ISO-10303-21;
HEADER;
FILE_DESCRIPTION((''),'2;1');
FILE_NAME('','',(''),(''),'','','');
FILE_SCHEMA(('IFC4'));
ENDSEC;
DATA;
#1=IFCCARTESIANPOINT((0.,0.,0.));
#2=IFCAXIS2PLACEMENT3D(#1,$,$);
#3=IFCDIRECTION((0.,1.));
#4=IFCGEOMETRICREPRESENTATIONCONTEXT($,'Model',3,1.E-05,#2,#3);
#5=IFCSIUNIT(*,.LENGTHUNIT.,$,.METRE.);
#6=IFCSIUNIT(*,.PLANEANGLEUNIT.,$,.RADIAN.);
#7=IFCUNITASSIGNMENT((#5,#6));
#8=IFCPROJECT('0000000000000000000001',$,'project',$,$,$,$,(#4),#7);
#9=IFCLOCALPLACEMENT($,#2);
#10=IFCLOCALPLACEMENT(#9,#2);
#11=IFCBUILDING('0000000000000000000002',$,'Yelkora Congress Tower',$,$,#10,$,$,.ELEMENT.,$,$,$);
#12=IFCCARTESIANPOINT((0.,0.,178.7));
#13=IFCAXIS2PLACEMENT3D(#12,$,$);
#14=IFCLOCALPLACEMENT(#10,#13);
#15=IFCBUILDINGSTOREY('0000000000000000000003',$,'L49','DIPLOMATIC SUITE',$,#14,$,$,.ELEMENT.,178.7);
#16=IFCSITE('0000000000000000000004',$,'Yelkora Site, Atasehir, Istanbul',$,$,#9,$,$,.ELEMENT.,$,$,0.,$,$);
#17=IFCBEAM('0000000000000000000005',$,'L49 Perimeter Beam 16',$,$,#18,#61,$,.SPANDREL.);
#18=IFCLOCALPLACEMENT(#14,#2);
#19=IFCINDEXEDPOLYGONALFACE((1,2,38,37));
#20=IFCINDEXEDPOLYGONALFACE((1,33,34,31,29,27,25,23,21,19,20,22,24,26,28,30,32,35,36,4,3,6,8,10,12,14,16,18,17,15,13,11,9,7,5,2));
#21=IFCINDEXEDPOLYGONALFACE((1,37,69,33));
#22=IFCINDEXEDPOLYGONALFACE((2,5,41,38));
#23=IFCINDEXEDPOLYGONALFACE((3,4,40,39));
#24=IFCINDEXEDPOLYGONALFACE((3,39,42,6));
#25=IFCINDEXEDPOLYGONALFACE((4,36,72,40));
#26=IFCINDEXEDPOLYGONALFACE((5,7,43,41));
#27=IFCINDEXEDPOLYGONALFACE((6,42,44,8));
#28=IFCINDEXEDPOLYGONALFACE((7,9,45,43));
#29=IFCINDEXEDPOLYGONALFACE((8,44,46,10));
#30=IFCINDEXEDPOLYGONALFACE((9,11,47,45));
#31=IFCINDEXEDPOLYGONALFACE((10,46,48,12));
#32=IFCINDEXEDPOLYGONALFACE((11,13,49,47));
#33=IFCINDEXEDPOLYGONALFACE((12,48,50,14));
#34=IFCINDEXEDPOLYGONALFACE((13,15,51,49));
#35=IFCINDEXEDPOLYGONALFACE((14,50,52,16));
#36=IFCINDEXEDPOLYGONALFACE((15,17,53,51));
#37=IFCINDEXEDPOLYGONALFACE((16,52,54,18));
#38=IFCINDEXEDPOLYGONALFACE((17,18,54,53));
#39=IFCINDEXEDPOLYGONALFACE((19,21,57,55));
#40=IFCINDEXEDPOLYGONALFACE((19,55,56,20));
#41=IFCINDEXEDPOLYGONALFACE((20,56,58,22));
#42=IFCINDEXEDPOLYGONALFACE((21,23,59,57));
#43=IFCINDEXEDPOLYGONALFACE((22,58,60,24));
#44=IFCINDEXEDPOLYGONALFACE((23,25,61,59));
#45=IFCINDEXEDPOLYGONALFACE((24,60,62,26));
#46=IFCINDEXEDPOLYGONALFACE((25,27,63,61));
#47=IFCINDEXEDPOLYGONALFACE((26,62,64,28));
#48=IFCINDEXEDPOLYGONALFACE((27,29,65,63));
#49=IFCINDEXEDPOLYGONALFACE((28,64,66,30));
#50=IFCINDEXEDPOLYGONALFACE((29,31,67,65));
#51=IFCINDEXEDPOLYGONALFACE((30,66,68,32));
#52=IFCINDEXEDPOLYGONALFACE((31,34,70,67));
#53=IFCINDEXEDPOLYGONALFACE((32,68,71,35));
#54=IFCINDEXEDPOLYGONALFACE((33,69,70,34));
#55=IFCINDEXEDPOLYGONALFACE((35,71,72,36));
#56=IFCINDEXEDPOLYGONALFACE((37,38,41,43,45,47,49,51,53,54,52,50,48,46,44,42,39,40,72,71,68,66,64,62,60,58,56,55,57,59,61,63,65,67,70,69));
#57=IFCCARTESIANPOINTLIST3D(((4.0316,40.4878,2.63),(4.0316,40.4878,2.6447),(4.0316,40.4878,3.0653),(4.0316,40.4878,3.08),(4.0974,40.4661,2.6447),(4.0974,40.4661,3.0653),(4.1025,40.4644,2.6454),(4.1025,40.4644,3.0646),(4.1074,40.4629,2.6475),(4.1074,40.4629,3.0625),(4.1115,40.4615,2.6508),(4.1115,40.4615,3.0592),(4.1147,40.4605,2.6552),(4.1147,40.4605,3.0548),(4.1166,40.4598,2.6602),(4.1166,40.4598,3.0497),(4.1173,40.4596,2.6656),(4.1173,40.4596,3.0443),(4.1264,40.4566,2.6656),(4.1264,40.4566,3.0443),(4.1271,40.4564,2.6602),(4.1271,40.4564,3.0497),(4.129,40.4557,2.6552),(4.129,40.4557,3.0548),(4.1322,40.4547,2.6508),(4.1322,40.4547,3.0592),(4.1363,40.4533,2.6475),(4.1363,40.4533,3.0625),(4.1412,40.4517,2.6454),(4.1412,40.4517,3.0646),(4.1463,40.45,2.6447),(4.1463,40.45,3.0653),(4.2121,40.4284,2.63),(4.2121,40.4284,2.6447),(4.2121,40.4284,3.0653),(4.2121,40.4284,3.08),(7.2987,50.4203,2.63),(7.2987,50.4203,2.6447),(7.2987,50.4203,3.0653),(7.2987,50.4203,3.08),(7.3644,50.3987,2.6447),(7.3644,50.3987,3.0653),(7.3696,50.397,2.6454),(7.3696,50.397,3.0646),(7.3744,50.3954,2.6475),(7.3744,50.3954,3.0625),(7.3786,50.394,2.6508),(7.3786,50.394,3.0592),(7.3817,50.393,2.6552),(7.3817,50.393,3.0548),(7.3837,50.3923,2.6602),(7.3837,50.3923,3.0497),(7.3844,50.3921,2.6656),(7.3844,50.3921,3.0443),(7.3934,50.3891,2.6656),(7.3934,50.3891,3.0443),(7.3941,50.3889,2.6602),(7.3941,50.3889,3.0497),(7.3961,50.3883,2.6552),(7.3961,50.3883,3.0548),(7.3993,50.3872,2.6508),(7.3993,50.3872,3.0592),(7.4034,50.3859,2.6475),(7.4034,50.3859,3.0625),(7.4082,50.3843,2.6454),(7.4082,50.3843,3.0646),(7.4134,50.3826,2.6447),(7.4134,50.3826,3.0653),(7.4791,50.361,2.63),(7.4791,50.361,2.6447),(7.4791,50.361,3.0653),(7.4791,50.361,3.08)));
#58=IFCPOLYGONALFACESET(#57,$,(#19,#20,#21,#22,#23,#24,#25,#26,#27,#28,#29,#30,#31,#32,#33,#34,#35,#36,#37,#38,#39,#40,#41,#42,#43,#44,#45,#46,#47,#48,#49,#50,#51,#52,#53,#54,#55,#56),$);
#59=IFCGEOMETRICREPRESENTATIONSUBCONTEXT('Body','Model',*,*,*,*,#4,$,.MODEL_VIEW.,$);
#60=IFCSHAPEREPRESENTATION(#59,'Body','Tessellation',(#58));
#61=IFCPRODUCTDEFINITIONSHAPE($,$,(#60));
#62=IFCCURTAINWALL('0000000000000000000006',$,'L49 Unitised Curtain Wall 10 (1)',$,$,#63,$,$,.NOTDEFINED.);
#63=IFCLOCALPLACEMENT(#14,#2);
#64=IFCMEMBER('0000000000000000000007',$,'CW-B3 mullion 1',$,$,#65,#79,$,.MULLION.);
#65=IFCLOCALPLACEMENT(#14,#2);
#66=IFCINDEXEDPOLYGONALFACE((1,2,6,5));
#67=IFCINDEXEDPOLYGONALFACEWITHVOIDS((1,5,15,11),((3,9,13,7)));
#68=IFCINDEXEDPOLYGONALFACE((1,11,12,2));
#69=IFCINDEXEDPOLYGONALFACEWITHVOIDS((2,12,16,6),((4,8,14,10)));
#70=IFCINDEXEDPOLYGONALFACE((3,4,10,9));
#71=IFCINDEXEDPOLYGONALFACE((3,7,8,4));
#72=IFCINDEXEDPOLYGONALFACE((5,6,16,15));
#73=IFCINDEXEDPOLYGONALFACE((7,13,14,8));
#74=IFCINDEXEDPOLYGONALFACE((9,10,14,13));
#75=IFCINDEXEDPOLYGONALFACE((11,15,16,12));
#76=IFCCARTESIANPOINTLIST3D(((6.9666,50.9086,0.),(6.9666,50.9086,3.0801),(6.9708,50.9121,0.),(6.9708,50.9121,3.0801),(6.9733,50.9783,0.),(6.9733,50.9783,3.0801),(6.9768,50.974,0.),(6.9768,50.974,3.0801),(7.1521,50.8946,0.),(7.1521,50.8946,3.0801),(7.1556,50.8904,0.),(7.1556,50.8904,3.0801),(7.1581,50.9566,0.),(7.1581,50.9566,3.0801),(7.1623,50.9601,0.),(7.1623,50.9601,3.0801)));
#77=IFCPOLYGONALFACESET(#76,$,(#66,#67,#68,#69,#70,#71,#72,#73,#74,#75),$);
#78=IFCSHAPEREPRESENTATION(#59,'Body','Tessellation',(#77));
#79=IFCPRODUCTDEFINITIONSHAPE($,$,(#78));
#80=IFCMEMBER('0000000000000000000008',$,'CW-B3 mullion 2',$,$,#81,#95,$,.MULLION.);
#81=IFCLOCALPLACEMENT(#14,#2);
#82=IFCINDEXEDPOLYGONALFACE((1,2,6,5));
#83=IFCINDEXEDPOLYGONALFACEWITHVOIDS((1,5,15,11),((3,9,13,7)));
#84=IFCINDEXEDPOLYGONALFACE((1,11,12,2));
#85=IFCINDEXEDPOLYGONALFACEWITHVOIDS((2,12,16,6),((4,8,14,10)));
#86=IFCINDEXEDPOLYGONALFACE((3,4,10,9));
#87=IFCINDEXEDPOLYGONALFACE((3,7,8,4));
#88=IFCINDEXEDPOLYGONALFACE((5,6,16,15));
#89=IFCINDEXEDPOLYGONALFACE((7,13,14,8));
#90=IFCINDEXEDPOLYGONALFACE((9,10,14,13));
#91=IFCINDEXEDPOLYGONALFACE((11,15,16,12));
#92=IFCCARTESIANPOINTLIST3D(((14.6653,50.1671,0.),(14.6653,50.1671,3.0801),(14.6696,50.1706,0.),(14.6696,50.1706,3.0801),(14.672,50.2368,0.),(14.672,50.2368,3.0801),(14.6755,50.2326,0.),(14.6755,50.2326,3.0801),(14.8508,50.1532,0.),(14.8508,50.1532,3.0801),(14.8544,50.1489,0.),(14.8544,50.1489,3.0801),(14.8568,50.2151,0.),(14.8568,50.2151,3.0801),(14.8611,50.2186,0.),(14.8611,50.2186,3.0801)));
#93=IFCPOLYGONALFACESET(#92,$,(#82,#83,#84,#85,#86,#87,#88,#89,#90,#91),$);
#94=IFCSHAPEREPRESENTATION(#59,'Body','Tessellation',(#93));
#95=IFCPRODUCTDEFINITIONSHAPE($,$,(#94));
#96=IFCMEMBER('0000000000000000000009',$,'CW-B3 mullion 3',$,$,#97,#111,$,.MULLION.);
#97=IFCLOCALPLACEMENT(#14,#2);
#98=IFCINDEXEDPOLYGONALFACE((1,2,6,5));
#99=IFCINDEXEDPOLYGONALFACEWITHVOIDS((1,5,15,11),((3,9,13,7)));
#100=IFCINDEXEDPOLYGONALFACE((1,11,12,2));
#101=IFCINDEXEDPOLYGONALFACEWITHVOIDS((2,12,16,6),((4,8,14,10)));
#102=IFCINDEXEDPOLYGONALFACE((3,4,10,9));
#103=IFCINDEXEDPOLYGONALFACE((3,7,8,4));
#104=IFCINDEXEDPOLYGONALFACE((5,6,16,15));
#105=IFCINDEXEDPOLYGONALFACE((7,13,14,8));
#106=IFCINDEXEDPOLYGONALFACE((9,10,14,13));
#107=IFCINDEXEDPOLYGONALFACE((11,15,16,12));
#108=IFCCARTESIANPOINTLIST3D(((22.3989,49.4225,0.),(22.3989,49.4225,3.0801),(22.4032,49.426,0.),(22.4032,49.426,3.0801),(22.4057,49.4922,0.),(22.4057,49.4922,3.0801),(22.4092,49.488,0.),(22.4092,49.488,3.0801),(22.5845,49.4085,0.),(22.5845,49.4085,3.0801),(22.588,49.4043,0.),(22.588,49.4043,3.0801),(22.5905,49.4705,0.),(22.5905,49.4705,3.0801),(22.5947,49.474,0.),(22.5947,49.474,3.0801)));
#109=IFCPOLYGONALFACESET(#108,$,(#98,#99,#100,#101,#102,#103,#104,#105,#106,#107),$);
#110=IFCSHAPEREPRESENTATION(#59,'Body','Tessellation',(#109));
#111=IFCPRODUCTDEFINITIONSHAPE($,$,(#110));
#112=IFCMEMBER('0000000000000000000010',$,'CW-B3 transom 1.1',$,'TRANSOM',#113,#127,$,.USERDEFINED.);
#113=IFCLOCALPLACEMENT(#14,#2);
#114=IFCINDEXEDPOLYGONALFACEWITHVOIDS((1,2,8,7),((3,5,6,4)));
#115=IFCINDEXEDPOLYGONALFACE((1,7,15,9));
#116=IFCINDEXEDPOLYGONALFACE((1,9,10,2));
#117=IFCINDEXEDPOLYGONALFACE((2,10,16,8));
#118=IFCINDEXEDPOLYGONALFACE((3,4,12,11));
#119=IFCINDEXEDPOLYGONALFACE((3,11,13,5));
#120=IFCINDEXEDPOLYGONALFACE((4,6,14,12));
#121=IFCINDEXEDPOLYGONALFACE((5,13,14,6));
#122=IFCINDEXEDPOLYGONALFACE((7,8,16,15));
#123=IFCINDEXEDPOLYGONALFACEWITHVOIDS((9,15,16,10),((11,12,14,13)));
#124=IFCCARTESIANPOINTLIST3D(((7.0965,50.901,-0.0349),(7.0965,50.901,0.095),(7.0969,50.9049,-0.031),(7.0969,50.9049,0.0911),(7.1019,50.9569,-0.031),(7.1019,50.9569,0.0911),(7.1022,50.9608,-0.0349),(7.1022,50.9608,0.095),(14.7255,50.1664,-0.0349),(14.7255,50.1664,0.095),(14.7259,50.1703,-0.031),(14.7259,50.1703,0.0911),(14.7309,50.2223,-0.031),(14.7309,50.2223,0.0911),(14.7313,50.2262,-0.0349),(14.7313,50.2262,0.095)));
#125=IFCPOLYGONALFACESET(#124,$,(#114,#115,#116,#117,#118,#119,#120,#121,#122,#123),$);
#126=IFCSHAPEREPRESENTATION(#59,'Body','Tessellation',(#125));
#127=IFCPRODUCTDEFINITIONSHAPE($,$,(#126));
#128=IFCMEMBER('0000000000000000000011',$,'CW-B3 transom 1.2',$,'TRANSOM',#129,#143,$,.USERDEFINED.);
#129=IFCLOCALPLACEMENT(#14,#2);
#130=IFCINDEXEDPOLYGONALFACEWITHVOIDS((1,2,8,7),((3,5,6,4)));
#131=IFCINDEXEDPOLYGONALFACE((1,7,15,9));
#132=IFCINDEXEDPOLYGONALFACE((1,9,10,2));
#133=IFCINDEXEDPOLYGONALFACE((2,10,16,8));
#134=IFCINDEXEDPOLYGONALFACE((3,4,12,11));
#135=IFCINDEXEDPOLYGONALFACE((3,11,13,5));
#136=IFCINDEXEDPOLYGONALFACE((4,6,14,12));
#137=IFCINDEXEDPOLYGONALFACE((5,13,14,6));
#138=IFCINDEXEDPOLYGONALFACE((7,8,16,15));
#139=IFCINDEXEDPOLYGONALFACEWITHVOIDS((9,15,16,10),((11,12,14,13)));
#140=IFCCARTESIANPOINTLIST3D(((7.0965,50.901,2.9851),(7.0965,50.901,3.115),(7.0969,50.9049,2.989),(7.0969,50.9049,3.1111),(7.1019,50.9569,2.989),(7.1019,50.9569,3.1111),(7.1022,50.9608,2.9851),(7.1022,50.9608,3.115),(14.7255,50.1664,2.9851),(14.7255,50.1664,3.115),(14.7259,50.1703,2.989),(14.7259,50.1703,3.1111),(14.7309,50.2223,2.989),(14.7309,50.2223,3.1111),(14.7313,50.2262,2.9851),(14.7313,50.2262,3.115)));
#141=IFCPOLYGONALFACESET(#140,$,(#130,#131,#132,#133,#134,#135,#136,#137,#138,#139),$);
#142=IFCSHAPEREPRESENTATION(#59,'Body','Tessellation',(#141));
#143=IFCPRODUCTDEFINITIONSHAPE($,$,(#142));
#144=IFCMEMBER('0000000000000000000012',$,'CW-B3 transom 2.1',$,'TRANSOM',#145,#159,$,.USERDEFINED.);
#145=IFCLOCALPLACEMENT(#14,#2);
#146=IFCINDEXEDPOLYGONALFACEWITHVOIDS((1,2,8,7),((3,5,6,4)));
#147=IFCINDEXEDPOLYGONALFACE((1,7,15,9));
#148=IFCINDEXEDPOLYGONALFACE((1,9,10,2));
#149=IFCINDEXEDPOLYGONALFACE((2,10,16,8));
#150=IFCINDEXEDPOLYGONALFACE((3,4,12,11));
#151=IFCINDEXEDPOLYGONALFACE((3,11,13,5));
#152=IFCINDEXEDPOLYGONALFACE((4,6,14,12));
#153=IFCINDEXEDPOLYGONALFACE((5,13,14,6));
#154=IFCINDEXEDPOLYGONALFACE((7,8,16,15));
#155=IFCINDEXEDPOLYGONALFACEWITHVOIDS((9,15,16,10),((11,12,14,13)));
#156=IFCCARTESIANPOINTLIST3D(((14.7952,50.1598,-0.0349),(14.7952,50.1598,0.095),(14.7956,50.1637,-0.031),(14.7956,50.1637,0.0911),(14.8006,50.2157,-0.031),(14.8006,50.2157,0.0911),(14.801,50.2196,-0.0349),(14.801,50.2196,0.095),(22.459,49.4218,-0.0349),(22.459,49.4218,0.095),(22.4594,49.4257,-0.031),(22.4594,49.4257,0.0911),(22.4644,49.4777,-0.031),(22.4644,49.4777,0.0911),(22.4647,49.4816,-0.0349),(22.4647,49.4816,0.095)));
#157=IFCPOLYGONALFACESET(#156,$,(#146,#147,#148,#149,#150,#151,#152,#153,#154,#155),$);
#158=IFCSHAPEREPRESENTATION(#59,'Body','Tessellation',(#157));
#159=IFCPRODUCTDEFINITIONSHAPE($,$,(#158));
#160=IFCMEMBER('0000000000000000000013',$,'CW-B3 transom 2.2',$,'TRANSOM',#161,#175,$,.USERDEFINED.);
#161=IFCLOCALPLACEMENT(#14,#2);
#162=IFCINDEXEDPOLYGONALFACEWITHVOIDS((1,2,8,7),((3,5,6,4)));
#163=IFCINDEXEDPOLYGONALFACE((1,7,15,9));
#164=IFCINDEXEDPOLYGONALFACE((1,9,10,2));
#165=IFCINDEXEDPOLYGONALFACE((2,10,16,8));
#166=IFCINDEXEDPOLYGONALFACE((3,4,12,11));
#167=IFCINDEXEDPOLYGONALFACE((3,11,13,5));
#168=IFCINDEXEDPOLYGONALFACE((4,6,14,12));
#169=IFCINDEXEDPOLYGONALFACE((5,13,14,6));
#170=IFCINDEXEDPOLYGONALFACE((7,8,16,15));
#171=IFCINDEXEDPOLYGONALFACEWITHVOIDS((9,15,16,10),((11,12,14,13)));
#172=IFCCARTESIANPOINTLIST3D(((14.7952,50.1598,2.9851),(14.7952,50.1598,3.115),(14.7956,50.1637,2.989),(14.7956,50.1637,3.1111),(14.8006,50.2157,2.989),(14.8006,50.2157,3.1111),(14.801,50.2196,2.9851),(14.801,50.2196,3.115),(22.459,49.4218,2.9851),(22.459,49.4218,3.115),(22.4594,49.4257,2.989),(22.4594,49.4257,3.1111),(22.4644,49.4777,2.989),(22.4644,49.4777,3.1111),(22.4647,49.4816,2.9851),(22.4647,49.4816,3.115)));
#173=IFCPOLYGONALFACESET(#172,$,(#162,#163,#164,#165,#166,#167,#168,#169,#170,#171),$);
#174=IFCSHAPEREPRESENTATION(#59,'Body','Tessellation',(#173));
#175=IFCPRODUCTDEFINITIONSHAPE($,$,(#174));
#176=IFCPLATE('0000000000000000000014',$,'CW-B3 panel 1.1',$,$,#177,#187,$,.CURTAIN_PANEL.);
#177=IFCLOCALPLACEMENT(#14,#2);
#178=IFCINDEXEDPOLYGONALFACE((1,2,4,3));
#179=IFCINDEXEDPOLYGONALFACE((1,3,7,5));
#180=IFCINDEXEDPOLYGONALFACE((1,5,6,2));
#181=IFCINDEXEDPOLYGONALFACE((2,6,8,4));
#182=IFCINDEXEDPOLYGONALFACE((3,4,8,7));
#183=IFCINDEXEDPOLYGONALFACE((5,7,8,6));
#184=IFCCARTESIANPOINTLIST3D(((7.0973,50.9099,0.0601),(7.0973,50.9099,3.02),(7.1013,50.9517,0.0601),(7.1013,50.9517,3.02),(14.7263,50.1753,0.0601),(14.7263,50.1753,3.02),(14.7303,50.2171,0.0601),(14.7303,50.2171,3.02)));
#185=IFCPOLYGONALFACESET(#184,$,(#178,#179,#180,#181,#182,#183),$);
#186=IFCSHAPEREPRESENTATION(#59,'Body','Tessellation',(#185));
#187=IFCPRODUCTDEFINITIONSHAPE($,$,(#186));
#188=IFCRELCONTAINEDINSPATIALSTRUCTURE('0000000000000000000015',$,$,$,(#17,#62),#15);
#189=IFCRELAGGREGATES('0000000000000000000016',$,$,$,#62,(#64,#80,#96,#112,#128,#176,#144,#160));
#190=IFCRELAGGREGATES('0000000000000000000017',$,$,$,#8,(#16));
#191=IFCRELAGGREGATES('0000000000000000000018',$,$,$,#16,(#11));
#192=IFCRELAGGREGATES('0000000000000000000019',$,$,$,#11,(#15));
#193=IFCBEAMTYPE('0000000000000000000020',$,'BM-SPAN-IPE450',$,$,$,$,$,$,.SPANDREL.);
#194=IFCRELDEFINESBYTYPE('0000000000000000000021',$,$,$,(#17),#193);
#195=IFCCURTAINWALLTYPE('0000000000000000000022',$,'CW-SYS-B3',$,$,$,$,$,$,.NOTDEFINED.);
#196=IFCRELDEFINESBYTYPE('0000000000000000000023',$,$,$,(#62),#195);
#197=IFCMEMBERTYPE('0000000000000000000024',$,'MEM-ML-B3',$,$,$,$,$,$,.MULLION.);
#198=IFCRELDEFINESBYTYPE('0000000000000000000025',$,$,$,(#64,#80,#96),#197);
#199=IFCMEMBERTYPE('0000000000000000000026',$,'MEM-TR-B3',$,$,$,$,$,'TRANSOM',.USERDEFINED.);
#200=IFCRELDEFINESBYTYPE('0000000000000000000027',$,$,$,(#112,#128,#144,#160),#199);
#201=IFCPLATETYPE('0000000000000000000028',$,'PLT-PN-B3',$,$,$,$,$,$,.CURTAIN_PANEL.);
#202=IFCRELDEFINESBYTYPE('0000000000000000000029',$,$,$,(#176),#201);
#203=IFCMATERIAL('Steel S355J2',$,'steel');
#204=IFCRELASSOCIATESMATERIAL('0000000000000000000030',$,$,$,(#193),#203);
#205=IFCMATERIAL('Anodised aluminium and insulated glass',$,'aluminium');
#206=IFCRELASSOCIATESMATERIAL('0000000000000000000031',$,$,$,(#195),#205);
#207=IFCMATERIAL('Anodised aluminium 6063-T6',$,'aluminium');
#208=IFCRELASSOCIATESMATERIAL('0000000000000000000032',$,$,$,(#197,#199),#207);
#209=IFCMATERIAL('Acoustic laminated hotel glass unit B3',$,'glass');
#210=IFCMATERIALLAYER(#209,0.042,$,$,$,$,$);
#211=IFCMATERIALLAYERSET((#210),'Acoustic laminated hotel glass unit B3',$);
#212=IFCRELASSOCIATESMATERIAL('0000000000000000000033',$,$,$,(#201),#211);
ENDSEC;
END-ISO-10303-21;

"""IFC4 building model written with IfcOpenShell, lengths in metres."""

from ifc_helpers import new_model, si_unit, direction, frame, origin, origin_2d, place, context, subcontext, project, spatial, rectangle, hollow_rectangle, i_section, extrude, material, layer, layer_set, material_profile, profile_set, type_object, element, aggregate, save


model = new_model("IFC4")

# Units and contexts
model_context = context("Model", 3, precision=1e-05, world=origin(), true_north=direction((0.0, 1.0)))
body_context = subcontext(model_context, "Body", "Model", "MODEL_VIEW")
ifc_project = project(units=[si_unit("LENGTHUNIT", "METRE"), si_unit("PLANEANGLEUNIT", "RADIAN")], contexts=[model_context])

# Site, building, storey
site_placement = place(None, origin())
site = spatial("IfcSite", under=ifc_project, at=site_placement, Name="Yelkora Site, Atasehir, Istanbul", CompositionType="ELEMENT", RefElevation=0.0)
building_placement = place(site_placement, origin())
building = spatial("IfcBuilding", under=site, at=building_placement, Name="Yelkora Congress Tower", CompositionType="ELEMENT")
storey_placement = place(building_placement, frame((0.0, 0.0, 178.7)))
storey = spatial("IfcBuildingStorey", under=building, at=storey_placement, Name="L49", Description="DIPLOMATIC SUITE", CompositionType="ELEMENT", Elevation=178.7)

# Beam
ifc_material_1 = material(Name="Steel S355J2", Category="steel")
ifc_material_profile_1 = material_profile(ifc_material_1, i_section(OverallWidth=0.1899, OverallDepth=0.45, WebThickness=0.0095, FlangeThickness=0.0146, FilletRadius=0.021, at=origin_2d()), Name="IPE 450")
ifc_profile_set_1 = profile_set([ifc_material_profile_1], Name="Steel S355J2")
beam_type_1 = type_object("IfcBeamType", Name="BM-SPAN-IPE450", PredefinedType="SPANDREL", material=ifc_profile_set_1)
beam_1_placement = place(storey_placement, frame((7.3889, 50.3906, 2.855), z_axis=(-0.312457, -0.949932, 0.0), x_axis=(0.949932, -0.312457, 0.0)))
element("IfcBeam", 1, at=beam_1_placement, inside=storey, type_object=beam_type_1, Name="L49 Perimeter Beam 16", PredefinedType="SPANDREL", context=body_context, shape_type="SweptSolid", body=[
    extrude(i_section(OverallWidth=0.1899, OverallDepth=0.45, WebThickness=0.0095, FlangeThickness=0.0146, FilletRadius=0.021, at=origin_2d()), origin(), (0.0, 0.0, 1.0), 10.4561),
])

# Curtain wall, members, plate
ifc_material_2 = material(Name="Anodised aluminium and insulated glass", Category="aluminium")
curtain_wall_type = type_object("IfcCurtainWallType", Name="CW-SYS-B3", PredefinedType="NOTDEFINED", material=ifc_material_2)
curtain_wall_placement = place(storey_placement, origin())
curtain_wall = element("IfcCurtainWall", 2, at=curtain_wall_placement, inside=storey, type_object=curtain_wall_type, Name="L49 Unitised Curtain Wall 10 (1)", PredefinedType="NOTDEFINED")
ifc_material_3 = material(Name="Anodised aluminium 6063-T6", Category="aluminium")
ifc_material_profile_2 = material_profile(ifc_material_3, hollow_rectangle(XDim=0.0701, YDim=0.1899, WallThickness=0.0039, at=origin_2d()), Name="ALU 70x190x4")
ifc_profile_set_2 = profile_set([ifc_material_profile_2], Name="Anodised aluminium 6063-T6")
member_type_1 = type_object("IfcMemberType", Name="MEM-ML-B3", PredefinedType="MULLION", material=ifc_profile_set_2)
member_1_placement = place(storey_placement, frame((7.0645, 50.9343, 0.0), z_axis=(0.0, 0.0, 1.0), x_axis=(0.095845, 0.995396, 0.0)))
member_1 = element("IfcMember", 3, at=member_1_placement, type_object=member_type_1, Name="CW-B3 mullion 1", PredefinedType="MULLION", context=body_context, shape_type="SweptSolid", body=[
    extrude(hollow_rectangle(XDim=0.0701, YDim=0.1899, WallThickness=0.0039, at=origin_2d()), origin(), (0.0, 0.0, 1.0), 3.0801),
])
member_2_placement = place(storey_placement, frame((14.7632, 50.1929, 0.0), z_axis=(0.0, 0.0, 1.0), x_axis=(0.095845, 0.995396, 0.0)))
member_2 = element("IfcMember", 4, at=member_2_placement, type_object=member_type_1, Name="CW-B3 mullion 2", PredefinedType="MULLION", context=body_context, shape_type="SweptSolid", body=[
    extrude(hollow_rectangle(XDim=0.0701, YDim=0.1899, WallThickness=0.0039, at=origin_2d()), origin(), (0.0, 0.0, 1.0), 3.0801),
])
member_3_placement = place(storey_placement, frame((22.4968, 49.4482, 0.0), z_axis=(0.0, 0.0, 1.0), x_axis=(0.095845, 0.995396, 0.0)))
member_3 = element("IfcMember", 5, at=member_3_placement, type_object=member_type_1, Name="CW-B3 mullion 3", PredefinedType="MULLION", context=body_context, shape_type="SweptSolid", body=[
    extrude(hollow_rectangle(XDim=0.0701, YDim=0.1899, WallThickness=0.0039, at=origin_2d()), origin(), (0.0, 0.0, 1.0), 3.0801),
])
ifc_material_profile_3 = material_profile(ifc_material_3, hollow_rectangle(XDim=0.0601, YDim=0.1299, WallThickness=0.0039, at=origin_2d()), Name="ALU 60x130x4")
ifc_profile_set_3 = profile_set([ifc_material_profile_3], Name="Anodised aluminium 6063-T6")
member_type_2 = type_object("IfcMemberType", Name="MEM-TR-B3", ElementType="TRANSOM", PredefinedType="USERDEFINED", material=ifc_profile_set_3)
member_4_placement = place(storey_placement, frame((7.0994, 50.9309, 0.03), z_axis=(0.995396, -0.095851, 0.0), x_axis=(0.095851, 0.995396, 0.0)))
member_4 = element("IfcMember", 6, at=member_4_placement, type_object=member_type_2, Name="CW-B3 transom 1.1", ObjectType="TRANSOM", PredefinedType="USERDEFINED", context=body_context, shape_type="SweptSolid", body=[
    extrude(hollow_rectangle(XDim=0.0601, YDim=0.1299, WallThickness=0.0039, at=origin_2d()), origin(), (0.0, 0.0, 1.0), 7.6643),
])
member_5_placement = place(storey_placement, frame((7.0994, 50.9309, 3.05), z_axis=(0.995396, -0.095851, 0.0), x_axis=(0.095851, 0.995396, 0.0)))
member_5 = element("IfcMember", 7, at=member_5_placement, type_object=member_type_2, Name="CW-B3 transom 1.2", ObjectType="TRANSOM", PredefinedType="USERDEFINED", context=body_context, shape_type="SweptSolid", body=[
    extrude(hollow_rectangle(XDim=0.0601, YDim=0.1299, WallThickness=0.0039, at=origin_2d()), origin(), (0.0, 0.0, 1.0), 7.6643),
])
member_6_placement = place(storey_placement, frame((14.7981, 50.1897, 0.03), z_axis=(0.995395, -0.095858, 0.0), x_axis=(0.095858, 0.995395, 0.0)))
member_6 = element("IfcMember", 8, at=member_6_placement, type_object=member_type_2, Name="CW-B3 transom 2.1", ObjectType="TRANSOM", PredefinedType="USERDEFINED", context=body_context, shape_type="SweptSolid", body=[
    extrude(hollow_rectangle(XDim=0.0601, YDim=0.1299, WallThickness=0.0039, at=origin_2d()), origin(), (0.0, 0.0, 1.0), 7.6992),
])
member_7_placement = place(storey_placement, frame((14.7981, 50.1897, 3.05), z_axis=(0.995395, -0.095858, 0.0), x_axis=(0.095858, 0.995395, 0.0)))
member_7 = element("IfcMember", 9, at=member_7_placement, type_object=member_type_2, Name="CW-B3 transom 2.2", ObjectType="TRANSOM", PredefinedType="USERDEFINED", context=body_context, shape_type="SweptSolid", body=[
    extrude(hollow_rectangle(XDim=0.0601, YDim=0.1299, WallThickness=0.0039, at=origin_2d()), origin(), (0.0, 0.0, 1.0), 7.6992),
])
ifc_material_4 = material(Name="Acoustic laminated hotel glass unit B3", Category="glass")
ifc_layer_1 = layer(ifc_material_4, 0.042)
ifc_layer_set_1 = layer_set([ifc_layer_1], Name="Acoustic laminated hotel glass unit B3")
plate_type = type_object("IfcPlateType", Name="PLT-PN-B3", PredefinedType="CURTAIN_PANEL", material=ifc_layer_set_1)
plate_1_placement = place(storey_placement, frame((10.9138, 50.5635, 0.0601), z_axis=(0.0, 0.0, 1.0), x_axis=(0.995396, -0.095845, 0.0)))
plate_1 = element("IfcPlate", 10, at=plate_1_placement, type_object=plate_type, Name="CW-B3 panel 1.1", PredefinedType="CURTAIN_PANEL", context=body_context, shape_type="SweptSolid", body=[
    extrude(rectangle(XDim=7.6643, YDim=0.042, at=origin_2d()), origin(), (0.0, 0.0, 1.0), 2.96),
])
aggregate(curtain_wall, [member_1, member_2, member_3, member_4, member_5, plate_1, member_6, member_7])

save(model, "model.ifc")
